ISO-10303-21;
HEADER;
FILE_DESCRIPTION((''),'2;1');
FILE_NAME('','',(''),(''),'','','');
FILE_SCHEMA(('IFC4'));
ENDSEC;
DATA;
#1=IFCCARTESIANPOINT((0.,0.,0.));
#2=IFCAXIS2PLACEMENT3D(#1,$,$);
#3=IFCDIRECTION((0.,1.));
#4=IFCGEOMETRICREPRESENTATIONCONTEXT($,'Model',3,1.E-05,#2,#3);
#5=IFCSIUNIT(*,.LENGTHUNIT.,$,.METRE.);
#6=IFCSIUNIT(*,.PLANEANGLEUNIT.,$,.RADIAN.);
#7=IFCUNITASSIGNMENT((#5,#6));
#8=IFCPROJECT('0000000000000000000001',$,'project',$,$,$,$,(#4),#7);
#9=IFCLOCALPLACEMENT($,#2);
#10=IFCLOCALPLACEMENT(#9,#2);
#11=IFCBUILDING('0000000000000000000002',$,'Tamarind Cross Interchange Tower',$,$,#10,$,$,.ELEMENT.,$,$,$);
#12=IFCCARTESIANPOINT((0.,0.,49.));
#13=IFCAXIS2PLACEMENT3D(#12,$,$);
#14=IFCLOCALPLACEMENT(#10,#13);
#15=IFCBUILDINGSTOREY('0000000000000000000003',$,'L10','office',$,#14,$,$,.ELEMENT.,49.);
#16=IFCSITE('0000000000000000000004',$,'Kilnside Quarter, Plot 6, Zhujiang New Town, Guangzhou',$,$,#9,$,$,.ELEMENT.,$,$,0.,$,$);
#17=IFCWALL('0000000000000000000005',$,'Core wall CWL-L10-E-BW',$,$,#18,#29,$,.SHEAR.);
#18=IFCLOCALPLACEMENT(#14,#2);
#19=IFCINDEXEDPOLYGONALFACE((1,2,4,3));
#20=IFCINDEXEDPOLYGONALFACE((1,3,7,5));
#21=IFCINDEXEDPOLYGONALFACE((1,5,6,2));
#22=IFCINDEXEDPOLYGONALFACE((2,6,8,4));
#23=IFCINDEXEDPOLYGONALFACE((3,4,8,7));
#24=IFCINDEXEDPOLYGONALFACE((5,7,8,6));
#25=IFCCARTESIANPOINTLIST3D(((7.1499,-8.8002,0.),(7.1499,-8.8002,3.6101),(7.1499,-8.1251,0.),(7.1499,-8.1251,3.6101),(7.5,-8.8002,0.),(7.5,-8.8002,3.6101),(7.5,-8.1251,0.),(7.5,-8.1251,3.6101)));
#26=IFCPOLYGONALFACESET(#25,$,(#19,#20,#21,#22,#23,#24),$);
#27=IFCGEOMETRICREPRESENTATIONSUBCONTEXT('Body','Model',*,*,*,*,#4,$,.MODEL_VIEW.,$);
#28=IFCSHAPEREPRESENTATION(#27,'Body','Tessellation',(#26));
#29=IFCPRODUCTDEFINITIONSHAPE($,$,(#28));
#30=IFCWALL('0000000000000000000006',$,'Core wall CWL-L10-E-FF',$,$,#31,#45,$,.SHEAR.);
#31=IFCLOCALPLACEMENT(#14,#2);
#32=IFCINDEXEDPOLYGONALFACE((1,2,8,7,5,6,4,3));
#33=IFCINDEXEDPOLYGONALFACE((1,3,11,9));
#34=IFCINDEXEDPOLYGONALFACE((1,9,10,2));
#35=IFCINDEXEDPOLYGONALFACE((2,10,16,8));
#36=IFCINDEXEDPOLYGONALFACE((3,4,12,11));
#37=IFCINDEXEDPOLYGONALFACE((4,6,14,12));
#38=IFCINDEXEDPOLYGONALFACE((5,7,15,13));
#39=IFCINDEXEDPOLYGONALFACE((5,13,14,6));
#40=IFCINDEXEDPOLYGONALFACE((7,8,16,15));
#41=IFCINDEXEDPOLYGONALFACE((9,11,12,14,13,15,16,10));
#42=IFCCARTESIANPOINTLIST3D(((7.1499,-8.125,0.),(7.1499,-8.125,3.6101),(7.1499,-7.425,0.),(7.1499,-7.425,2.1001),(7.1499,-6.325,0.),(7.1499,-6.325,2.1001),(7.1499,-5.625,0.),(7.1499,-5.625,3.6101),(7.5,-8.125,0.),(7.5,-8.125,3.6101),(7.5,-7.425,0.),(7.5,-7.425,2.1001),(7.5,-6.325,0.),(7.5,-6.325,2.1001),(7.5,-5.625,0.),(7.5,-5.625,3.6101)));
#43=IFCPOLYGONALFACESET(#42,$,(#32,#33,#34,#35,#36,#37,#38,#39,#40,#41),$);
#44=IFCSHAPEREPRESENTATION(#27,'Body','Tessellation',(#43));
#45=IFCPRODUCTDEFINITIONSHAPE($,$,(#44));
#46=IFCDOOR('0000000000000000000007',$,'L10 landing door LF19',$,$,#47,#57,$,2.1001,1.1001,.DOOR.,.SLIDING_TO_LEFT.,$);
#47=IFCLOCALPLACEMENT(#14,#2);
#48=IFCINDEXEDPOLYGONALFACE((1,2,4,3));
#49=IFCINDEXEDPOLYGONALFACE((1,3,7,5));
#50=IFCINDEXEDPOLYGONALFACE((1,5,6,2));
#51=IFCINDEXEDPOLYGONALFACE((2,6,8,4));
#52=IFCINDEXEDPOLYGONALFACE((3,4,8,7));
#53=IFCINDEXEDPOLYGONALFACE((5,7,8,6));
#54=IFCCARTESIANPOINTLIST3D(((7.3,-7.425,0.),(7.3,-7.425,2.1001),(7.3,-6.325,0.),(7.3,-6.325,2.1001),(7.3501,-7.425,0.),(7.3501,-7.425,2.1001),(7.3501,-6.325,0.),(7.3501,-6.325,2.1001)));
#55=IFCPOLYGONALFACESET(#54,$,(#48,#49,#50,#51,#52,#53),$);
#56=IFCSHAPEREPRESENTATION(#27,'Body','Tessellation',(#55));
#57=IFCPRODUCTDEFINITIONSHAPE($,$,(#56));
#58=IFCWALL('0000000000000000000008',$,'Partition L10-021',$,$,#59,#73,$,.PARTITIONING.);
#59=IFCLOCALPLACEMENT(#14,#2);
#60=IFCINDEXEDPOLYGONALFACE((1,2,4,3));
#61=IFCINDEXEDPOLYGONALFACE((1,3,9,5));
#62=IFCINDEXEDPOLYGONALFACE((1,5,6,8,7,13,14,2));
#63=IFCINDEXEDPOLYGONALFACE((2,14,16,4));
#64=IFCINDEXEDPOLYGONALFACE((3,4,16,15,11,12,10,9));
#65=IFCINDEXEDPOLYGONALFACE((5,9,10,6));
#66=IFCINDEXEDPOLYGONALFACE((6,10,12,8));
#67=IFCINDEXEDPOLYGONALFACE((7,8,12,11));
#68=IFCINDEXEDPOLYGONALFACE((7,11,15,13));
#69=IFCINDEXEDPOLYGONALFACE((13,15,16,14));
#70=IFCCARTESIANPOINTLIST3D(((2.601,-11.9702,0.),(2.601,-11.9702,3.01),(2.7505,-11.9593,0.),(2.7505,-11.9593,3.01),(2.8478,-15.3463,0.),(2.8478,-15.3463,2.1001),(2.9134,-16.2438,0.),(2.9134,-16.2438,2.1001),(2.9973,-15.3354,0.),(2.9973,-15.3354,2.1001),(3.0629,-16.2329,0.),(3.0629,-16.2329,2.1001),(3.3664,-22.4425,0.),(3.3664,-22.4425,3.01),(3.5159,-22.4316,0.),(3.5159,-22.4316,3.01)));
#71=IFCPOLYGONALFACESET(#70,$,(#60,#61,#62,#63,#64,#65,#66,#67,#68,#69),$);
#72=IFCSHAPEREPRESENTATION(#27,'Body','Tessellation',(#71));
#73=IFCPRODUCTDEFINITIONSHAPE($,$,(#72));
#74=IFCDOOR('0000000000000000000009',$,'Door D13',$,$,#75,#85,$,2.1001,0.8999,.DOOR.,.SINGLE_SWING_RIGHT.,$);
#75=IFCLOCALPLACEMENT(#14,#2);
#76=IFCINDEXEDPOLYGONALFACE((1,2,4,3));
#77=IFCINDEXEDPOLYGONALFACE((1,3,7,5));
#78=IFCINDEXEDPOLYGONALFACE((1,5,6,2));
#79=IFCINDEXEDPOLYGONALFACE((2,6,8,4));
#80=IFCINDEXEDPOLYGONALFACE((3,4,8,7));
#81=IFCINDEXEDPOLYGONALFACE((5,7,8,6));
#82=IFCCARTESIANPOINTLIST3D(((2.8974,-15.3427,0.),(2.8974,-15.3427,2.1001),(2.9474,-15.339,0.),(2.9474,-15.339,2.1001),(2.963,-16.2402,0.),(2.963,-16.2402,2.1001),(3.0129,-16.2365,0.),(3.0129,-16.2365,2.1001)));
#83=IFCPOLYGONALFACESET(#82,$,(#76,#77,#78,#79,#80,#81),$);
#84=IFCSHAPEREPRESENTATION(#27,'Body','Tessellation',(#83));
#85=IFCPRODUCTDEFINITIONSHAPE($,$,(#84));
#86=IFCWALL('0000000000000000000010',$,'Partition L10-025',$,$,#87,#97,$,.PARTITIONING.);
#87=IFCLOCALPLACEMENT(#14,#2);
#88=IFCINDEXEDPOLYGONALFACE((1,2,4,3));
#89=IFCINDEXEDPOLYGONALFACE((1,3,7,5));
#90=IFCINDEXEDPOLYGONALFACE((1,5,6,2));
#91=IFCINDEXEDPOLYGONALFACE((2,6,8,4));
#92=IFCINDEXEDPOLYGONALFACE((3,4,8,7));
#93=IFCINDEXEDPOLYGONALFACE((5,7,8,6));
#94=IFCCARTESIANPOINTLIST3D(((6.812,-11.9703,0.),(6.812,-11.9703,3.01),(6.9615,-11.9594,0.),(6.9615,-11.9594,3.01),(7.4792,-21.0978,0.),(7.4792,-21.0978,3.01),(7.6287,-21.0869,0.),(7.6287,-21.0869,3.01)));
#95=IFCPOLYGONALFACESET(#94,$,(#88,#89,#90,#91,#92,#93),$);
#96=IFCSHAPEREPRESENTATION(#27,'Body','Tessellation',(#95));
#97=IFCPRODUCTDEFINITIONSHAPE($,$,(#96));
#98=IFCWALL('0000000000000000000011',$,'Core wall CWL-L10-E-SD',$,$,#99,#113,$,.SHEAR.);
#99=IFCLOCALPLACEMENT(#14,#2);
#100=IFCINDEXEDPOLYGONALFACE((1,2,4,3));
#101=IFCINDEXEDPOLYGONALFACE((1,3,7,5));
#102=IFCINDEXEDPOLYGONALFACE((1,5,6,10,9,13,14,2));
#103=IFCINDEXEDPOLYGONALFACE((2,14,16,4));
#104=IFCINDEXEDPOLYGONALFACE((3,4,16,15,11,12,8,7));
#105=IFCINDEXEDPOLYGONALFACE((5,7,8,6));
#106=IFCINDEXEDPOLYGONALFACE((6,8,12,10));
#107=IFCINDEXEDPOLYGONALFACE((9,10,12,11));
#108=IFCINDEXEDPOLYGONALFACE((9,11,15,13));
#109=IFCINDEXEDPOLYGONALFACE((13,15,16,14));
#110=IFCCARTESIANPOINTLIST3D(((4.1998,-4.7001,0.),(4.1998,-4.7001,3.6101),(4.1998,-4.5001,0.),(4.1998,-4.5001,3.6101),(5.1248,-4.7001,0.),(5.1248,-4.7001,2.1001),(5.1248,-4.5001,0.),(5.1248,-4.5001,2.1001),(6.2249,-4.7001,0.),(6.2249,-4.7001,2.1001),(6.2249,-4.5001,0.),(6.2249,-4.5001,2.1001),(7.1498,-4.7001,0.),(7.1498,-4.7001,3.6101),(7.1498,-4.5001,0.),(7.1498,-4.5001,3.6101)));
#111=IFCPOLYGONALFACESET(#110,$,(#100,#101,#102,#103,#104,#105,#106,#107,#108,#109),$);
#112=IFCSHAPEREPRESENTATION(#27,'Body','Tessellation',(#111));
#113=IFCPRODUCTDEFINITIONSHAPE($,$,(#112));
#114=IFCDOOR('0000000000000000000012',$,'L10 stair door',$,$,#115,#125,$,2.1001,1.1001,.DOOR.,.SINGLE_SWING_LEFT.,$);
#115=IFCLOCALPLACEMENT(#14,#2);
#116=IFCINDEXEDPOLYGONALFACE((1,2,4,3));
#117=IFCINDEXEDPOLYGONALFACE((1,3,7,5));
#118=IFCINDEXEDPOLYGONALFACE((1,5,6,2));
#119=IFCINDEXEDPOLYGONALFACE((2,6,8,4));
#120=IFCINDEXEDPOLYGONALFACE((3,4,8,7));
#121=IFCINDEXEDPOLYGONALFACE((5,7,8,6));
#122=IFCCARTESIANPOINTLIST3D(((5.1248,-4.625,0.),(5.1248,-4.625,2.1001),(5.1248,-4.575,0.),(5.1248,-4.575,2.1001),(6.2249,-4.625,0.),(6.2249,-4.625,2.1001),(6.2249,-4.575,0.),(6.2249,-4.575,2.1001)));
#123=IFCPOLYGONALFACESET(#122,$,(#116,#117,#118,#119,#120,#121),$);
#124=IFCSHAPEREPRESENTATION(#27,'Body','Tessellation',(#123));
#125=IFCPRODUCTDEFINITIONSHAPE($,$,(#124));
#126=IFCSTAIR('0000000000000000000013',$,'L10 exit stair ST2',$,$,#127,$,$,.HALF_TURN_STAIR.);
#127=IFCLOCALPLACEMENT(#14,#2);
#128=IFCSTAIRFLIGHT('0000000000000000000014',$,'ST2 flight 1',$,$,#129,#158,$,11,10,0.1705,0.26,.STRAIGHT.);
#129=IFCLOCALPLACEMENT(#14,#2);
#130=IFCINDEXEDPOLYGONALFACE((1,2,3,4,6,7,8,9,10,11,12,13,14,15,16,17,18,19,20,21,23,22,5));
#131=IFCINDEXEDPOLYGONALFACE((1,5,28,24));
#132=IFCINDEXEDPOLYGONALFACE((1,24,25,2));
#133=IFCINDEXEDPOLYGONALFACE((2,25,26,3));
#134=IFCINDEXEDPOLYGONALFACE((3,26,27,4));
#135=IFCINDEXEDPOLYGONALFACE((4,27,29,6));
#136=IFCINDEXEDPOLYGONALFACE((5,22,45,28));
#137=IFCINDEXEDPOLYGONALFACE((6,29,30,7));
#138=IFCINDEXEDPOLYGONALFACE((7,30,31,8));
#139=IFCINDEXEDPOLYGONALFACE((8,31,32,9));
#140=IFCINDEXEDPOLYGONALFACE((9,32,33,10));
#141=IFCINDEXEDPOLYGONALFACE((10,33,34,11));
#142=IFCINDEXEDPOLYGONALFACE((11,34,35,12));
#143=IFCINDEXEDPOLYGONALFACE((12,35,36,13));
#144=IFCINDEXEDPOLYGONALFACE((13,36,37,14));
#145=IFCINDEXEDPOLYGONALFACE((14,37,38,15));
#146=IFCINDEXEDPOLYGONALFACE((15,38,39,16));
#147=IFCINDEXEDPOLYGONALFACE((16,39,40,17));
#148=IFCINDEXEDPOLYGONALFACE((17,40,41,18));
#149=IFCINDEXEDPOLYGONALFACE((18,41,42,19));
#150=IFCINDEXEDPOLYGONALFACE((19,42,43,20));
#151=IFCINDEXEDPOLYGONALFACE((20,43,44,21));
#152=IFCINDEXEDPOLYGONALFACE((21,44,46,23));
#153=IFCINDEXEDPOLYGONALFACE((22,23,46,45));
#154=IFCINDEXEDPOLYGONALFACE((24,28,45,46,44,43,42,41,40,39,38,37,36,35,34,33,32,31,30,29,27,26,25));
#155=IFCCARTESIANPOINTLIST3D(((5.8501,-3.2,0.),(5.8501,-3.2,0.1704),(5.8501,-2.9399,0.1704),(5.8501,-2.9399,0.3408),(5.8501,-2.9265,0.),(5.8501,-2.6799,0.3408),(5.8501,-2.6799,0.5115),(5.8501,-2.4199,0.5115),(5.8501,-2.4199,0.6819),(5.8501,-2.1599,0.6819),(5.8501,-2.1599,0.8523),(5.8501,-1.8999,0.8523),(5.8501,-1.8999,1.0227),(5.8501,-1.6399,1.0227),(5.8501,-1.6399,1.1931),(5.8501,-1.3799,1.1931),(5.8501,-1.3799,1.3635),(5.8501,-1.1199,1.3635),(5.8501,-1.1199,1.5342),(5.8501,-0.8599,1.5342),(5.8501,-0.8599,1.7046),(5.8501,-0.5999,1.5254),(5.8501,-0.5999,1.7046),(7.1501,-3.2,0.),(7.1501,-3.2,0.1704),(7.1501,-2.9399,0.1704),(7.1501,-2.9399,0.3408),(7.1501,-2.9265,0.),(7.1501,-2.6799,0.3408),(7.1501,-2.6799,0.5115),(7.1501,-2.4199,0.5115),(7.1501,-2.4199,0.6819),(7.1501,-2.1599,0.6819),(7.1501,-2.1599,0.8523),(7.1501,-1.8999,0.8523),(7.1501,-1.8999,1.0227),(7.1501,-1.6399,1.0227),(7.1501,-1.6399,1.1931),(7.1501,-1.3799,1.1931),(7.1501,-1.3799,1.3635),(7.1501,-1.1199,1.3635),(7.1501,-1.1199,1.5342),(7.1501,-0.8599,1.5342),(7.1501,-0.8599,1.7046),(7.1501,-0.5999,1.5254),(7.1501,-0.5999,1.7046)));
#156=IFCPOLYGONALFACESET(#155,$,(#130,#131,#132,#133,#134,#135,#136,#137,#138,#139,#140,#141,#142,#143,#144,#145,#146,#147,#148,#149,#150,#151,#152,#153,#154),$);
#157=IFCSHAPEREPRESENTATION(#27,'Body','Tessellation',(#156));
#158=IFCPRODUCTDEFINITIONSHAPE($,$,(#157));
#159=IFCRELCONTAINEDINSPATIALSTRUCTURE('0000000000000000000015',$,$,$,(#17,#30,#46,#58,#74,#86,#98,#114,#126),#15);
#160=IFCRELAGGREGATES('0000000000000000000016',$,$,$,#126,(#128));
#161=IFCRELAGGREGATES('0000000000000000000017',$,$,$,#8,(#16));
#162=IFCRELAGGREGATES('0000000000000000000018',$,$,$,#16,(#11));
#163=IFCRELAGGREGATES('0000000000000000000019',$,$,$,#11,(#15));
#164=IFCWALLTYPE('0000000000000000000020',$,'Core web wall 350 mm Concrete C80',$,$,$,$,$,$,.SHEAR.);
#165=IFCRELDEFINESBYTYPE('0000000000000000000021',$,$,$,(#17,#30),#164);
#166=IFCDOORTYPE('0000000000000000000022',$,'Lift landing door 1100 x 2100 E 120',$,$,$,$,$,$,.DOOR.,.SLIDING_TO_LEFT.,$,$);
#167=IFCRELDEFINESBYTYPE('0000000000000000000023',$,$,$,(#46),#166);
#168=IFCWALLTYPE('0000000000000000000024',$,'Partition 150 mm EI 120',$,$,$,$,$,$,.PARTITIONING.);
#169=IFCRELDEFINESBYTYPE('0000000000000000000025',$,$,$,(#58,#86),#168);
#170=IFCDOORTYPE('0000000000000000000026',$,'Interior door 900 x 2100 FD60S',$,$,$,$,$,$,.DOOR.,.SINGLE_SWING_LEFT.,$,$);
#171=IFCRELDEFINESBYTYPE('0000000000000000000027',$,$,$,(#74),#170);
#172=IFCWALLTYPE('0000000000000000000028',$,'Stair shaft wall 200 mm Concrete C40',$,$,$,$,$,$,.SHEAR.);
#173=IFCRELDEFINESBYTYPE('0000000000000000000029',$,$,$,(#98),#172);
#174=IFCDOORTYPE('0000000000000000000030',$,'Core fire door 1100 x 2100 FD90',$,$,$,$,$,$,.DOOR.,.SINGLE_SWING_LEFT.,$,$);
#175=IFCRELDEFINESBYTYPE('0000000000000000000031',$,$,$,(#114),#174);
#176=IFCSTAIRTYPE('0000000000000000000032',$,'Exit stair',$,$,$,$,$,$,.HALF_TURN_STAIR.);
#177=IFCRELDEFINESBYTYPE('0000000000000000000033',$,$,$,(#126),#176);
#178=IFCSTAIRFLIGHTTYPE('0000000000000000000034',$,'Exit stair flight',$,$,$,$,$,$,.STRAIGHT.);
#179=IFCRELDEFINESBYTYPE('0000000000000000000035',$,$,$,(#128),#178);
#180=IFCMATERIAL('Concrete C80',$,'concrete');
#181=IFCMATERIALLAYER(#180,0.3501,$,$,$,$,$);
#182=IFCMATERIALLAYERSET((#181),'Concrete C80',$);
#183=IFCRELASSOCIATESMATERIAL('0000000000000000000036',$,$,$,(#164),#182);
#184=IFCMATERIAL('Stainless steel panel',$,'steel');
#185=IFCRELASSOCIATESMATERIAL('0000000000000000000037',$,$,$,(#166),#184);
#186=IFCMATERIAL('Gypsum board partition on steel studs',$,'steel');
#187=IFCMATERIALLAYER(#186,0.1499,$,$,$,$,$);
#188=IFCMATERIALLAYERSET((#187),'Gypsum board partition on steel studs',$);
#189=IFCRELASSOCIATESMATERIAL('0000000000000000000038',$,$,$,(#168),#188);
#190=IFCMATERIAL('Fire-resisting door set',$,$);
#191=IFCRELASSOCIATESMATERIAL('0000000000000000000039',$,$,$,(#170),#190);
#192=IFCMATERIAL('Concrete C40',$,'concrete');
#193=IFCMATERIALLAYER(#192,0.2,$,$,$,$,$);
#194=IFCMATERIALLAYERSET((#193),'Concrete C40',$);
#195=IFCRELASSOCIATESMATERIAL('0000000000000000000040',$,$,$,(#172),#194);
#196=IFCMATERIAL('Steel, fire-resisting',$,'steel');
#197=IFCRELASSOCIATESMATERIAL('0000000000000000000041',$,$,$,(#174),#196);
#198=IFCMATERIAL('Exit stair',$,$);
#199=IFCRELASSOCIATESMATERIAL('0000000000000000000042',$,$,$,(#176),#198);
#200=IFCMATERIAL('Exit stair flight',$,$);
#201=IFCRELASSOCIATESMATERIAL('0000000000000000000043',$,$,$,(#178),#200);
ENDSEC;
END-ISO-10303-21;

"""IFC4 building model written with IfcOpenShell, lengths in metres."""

from ifc_helpers import new_model, si_unit, direction, frame, frame_2d, origin, place, context, subcontext, project, spatial, polyline, rectangle, outline, extrude, material, layer, layer_set, type_object, element, fill, aggregate, save


model = new_model("IFC4")

# Units and contexts
model_context = context("Model", 3, precision=1e-05, world=origin(), true_north=direction((0.0, 1.0)))
body_context = subcontext(model_context, "Body", "Model", "MODEL_VIEW")
ifc_project = project(units=[si_unit("LENGTHUNIT", "METRE"), si_unit("PLANEANGLEUNIT", "RADIAN")], contexts=[model_context])

# Site, building, storey
site_placement = place(None, origin())
site = spatial("IfcSite", under=ifc_project, at=site_placement, Name="Kilnside Quarter, Plot 6, Zhujiang New Town, Guangzhou", CompositionType="ELEMENT", RefElevation=0.0)
building_placement = place(site_placement, origin())
building = spatial("IfcBuilding", under=site, at=building_placement, Name="Tamarind Cross Interchange Tower", CompositionType="ELEMENT")
storey_placement = place(building_placement, frame((0.0, 0.0, 49.0)))
storey = spatial("IfcBuildingStorey", under=building, at=storey_placement, Name="L10", Description="office", CompositionType="ELEMENT", Elevation=49.0)

# Shared definitions
ifc_material_1 = material(Name="Concrete C80", Category="concrete")
ifc_material_2 = material(Name="Steel, fire-resisting", Category="steel")

# Wall
ifc_layer_1 = layer(ifc_material_1, 0.3501)
ifc_layer_set_1 = layer_set([ifc_layer_1], Name="Concrete C80")
wall_type_1 = type_object("IfcWallType", Name="Core web wall 350 mm Concrete C80", PredefinedType="SHEAR", material=ifc_layer_set_1)
wall_1_placement = place(storey_placement, frame((7.325, -8.8, 0.0), z_axis=(0.0, 0.0, 1.0), x_axis=(0.0, 1.0, 0.0)))
element("IfcWall", 1, at=wall_1_placement, inside=storey, type_object=wall_type_1, Name="Core wall CWL-L10-E-BW", PredefinedType="SHEAR", context=body_context, shape_type="SweptSolid", body=[
    extrude(rectangle(XDim=0.675, YDim=0.3501, at=frame_2d((0.3374, 0.0))), origin(), (0.0, 0.0, 1.0), 3.6101),
])

# Walls, openings, doors
wall_2_placement = place(storey_placement, frame((7.325, -8.125, 0.0), z_axis=(0.0, 0.0, 1.0), x_axis=(0.0, 1.0, 0.0)))
wall_2 = element("IfcWall", 2, at=wall_2_placement, inside=storey, type_object=wall_type_1, Name="Core wall CWL-L10-E-FF", PredefinedType="SHEAR", context=body_context, shape_type="SweptSolid", body=[
    extrude(rectangle(XDim=2.5, YDim=0.3501, at=frame_2d((1.25, 0.0))), origin(), (0.0, 0.0, 1.0), 3.6101),
])
opening_1_placement = place(wall_2_placement, frame((0.7, 0.0, 0.0)))
opening_1 = element("IfcOpeningElement", 3, at=opening_1_placement, cuts=wall_2, PredefinedType="OPENING", context=body_context, shape_type="SweptSolid", body=[
    extrude(rectangle(XDim=1.1001, YDim=2.1001, at=frame_2d((0.55, 1.05))), frame((0.0, 0.1851, 0.0), z_axis=(0.0, -1.0, 0.0), x_axis=(1.0, 0.0, 0.0)), (0.0, 0.0, 1.0), 0.3701),
])
ifc_material_3 = material(Name="Stainless steel panel", Category="steel")
door_type_1 = type_object("IfcDoorType", Name="Lift landing door 1100 x 2100 E 120", OperationType="SLIDING_TO_LEFT", PredefinedType="DOOR", material=ifc_material_3)
door_1_placement = place(opening_1_placement, origin())
door_1 = element("IfcDoor", 4, at=door_1_placement, inside=storey, type_object=door_type_1, Name="L10 landing door LF19", OperationType="SLIDING_TO_LEFT", OverallHeight=2.1001, OverallWidth=1.1001, PredefinedType="DOOR", context=body_context, shape_type="SweptSolid", body=[
    extrude(rectangle(XDim=1.1001, YDim=2.1001, at=frame_2d((0.55, 1.05))), frame((0.0, 0.0249, 0.0), z_axis=(0.0, -1.0, 0.0), x_axis=(1.0, 0.0, 0.0)), (0.0, 0.0, 1.0), 0.05),
])
fill(opening_1, door_1)
ifc_material_4 = material(Name="Gypsum board partition on steel studs", Category="steel")
ifc_layer_2 = layer(ifc_material_4, 0.1499)
ifc_layer_set_2 = layer_set([ifc_layer_2], Name="Gypsum board partition on steel studs")
wall_type_2 = type_object("IfcWallType", Name="Partition 150 mm EI 120", PredefinedType="PARTITIONING", material=ifc_layer_set_2)
wall_3_placement = place(storey_placement, frame((2.6758, -11.9648, 0.0), z_axis=(0.0, 0.0, 1.0), x_axis=(0.072891, -0.99734, 0.0)))
wall_3 = element("IfcWall", 5, at=wall_3_placement, inside=storey, type_object=wall_type_2, Name="Partition L10-021", PredefinedType="PARTITIONING", context=body_context, shape_type="SweptSolid", body=[
    extrude(rectangle(XDim=10.5002, YDim=0.1499, at=frame_2d((5.25, 0.0))), origin(), (0.0, 0.0, 1.0), 3.01),
])
opening_2_placement = place(wall_3_placement, frame((3.385, 0.0, 0.0)))
opening_2 = element("IfcOpeningElement", 6, at=opening_2_placement, cuts=wall_3, PredefinedType="OPENING", context=body_context, shape_type="SweptSolid", body=[
    extrude(rectangle(XDim=0.8999, YDim=2.1001, at=frame_2d((0.45, 1.05))), frame((0.0, 0.085, 0.0), z_axis=(0.0, -1.0, 0.0), x_axis=(1.0, 0.0, 0.0)), (0.0, 0.0, 1.0), 0.1699),
])
ifc_material_5 = material(Name="Fire-resisting door set")
door_type_2 = type_object("IfcDoorType", Name="Interior door 900 x 2100 FD60S", OperationType="SINGLE_SWING_LEFT", PredefinedType="DOOR", material=ifc_material_5)
door_2_placement = place(opening_2_placement, origin())
door_2 = element("IfcDoor", 7, at=door_2_placement, inside=storey, type_object=door_type_2, Name="Door D13", OperationType="SINGLE_SWING_RIGHT", OverallHeight=2.1001, OverallWidth=0.8999, PredefinedType="DOOR", context=body_context, shape_type="SweptSolid", body=[
    extrude(rectangle(XDim=0.8999, YDim=2.1001, at=frame_2d((0.45, 1.05))), frame((0.0, 0.0249, 0.0), z_axis=(0.0, -1.0, 0.0), x_axis=(1.0, 0.0, 0.0)), (0.0, 0.0, 1.0), 0.05),
])
fill(opening_2, door_2)

# Wall
wall_4_placement = place(storey_placement, frame((6.8867, -11.9648, 0.0), z_axis=(0.0, 0.0, 1.0), x_axis=(0.072908, -0.997339, 0.0)))
element("IfcWall", 8, at=wall_4_placement, inside=storey, type_object=wall_type_2, Name="Partition L10-025", PredefinedType="PARTITIONING", context=body_context, shape_type="SweptSolid", body=[
    extrude(rectangle(XDim=9.1519, YDim=0.1499, at=frame_2d((4.5759, 0.0))), origin(), (0.0, 0.0, 1.0), 3.01),
])

# Wall, opening, door
ifc_material_6 = material(Name="Concrete C40", Category="concrete")
ifc_layer_3 = layer(ifc_material_6, 0.2)
ifc_layer_set_3 = layer_set([ifc_layer_3], Name="Concrete C40")
wall_type_3 = type_object("IfcWallType", Name="Stair shaft wall 200 mm Concrete C40", PredefinedType="SHEAR", material=ifc_layer_set_3)
wall_5_placement = place(storey_placement, frame((7.1499, -4.6001, 0.0), z_axis=(0.0, 0.0, 1.0), x_axis=(-1.0, 0.0, 0.0)))
wall_5 = element("IfcWall", 9, at=wall_5_placement, inside=storey, type_object=wall_type_3, Name="Core wall CWL-L10-E-SD", PredefinedType="SHEAR", context=body_context, shape_type="SweptSolid", body=[
    extrude(rectangle(XDim=2.95, YDim=0.2, at=frame_2d((1.4751, 0.0))), origin(), (0.0, 0.0, 1.0), 3.6101),
])
opening_3_placement = place(wall_5_placement, frame((0.925, 0.0, 0.0)))
opening_3 = element("IfcOpeningElement", 10, at=opening_3_placement, cuts=wall_5, PredefinedType="OPENING", context=body_context, shape_type="SweptSolid", body=[
    extrude(rectangle(XDim=1.1001, YDim=2.1001, at=frame_2d((0.55, 1.05))), frame((0.0, 0.1099, 0.0), z_axis=(0.0, -1.0, 0.0), x_axis=(1.0, 0.0, 0.0)), (0.0, 0.0, 1.0), 0.22),
])
door_type_3 = type_object("IfcDoorType", Name="Core fire door 1100 x 2100 FD90", OperationType="SINGLE_SWING_LEFT", PredefinedType="DOOR", material=ifc_material_2)
door_3_placement = place(opening_3_placement, origin())
door_3 = element("IfcDoor", 11, at=door_3_placement, inside=storey, type_object=door_type_3, Name="L10 stair door", OperationType="SINGLE_SWING_LEFT", OverallHeight=2.1001, OverallWidth=1.1001, PredefinedType="DOOR", context=body_context, shape_type="SweptSolid", body=[
    extrude(rectangle(XDim=1.1001, YDim=2.1001, at=frame_2d((0.55, 1.05))), frame((0.0, 0.0249, 0.0), z_axis=(0.0, -1.0, 0.0), x_axis=(1.0, 0.0, 0.0)), (0.0, 0.0, 1.0), 0.05),
])
fill(opening_3, door_3)

# Stair, stair flight
ifc_material_7 = material(Name="Exit stair")
stair_type = type_object("IfcStairType", Name="Exit stair", PredefinedType="HALF_TURN_STAIR", material=ifc_material_7)
stair_placement = place(storey_placement, origin())
stair = element("IfcStair", 12, at=stair_placement, inside=storey, type_object=stair_type, Name="L10 exit stair ST2", PredefinedType="HALF_TURN_STAIR")
ifc_material_8 = material(Name="Exit stair flight")
stair_flight_type = type_object("IfcStairFlightType", Name="Exit stair flight", PredefinedType="STRAIGHT", material=ifc_material_8)
stair_flight_1_placement = place(storey_placement, frame((6.5, -3.2, 0.0), z_axis=(0.0, 0.0, 1.0), x_axis=(0.0, 1.0, 0.0)))
stair_flight_1 = element("IfcStairFlight", 13, at=stair_flight_1_placement, type_object=stair_flight_type, Name="ST2 flight 1", NumberOfRisers=11, NumberOfTreads=10, PredefinedType="STRAIGHT", RiserHeight=0.1705, TreadLength=0.26, context=body_context, shape_type="SweptSolid", body=[
    extrude(outline(polyline([(0.0, 0.0), (0.0, 0.1704), (0.26, 0.1704), (0.26, 0.3408), (0.52, 0.3408), (0.52, 0.5115), (0.78, 0.5115), (0.78, 0.6819), (1.04, 0.6819), (1.04, 0.8523), (1.3, 0.8523), (1.3, 1.0227), (1.5601, 1.0227), (1.5601, 1.1931), (1.8201, 1.1931), (1.8201, 1.3635), (2.0801, 1.3635), (2.0801, 1.5342), (2.3401, 1.5342), (2.3401, 1.7046), (2.6001, 1.7046), (2.6001, 1.875), (2.6001, 1.5254), (0.2734, 0.0), (0.0, 0.0)])), frame((0.0, 0.6499, 0.0), z_axis=(0.0, -1.0, 0.0), x_axis=(1.0, 0.0, 0.0)), (0.0, 0.0, 1.0), 1.3),
])
aggregate(stair, [stair_flight_1])

save(model, "model.ifc")
